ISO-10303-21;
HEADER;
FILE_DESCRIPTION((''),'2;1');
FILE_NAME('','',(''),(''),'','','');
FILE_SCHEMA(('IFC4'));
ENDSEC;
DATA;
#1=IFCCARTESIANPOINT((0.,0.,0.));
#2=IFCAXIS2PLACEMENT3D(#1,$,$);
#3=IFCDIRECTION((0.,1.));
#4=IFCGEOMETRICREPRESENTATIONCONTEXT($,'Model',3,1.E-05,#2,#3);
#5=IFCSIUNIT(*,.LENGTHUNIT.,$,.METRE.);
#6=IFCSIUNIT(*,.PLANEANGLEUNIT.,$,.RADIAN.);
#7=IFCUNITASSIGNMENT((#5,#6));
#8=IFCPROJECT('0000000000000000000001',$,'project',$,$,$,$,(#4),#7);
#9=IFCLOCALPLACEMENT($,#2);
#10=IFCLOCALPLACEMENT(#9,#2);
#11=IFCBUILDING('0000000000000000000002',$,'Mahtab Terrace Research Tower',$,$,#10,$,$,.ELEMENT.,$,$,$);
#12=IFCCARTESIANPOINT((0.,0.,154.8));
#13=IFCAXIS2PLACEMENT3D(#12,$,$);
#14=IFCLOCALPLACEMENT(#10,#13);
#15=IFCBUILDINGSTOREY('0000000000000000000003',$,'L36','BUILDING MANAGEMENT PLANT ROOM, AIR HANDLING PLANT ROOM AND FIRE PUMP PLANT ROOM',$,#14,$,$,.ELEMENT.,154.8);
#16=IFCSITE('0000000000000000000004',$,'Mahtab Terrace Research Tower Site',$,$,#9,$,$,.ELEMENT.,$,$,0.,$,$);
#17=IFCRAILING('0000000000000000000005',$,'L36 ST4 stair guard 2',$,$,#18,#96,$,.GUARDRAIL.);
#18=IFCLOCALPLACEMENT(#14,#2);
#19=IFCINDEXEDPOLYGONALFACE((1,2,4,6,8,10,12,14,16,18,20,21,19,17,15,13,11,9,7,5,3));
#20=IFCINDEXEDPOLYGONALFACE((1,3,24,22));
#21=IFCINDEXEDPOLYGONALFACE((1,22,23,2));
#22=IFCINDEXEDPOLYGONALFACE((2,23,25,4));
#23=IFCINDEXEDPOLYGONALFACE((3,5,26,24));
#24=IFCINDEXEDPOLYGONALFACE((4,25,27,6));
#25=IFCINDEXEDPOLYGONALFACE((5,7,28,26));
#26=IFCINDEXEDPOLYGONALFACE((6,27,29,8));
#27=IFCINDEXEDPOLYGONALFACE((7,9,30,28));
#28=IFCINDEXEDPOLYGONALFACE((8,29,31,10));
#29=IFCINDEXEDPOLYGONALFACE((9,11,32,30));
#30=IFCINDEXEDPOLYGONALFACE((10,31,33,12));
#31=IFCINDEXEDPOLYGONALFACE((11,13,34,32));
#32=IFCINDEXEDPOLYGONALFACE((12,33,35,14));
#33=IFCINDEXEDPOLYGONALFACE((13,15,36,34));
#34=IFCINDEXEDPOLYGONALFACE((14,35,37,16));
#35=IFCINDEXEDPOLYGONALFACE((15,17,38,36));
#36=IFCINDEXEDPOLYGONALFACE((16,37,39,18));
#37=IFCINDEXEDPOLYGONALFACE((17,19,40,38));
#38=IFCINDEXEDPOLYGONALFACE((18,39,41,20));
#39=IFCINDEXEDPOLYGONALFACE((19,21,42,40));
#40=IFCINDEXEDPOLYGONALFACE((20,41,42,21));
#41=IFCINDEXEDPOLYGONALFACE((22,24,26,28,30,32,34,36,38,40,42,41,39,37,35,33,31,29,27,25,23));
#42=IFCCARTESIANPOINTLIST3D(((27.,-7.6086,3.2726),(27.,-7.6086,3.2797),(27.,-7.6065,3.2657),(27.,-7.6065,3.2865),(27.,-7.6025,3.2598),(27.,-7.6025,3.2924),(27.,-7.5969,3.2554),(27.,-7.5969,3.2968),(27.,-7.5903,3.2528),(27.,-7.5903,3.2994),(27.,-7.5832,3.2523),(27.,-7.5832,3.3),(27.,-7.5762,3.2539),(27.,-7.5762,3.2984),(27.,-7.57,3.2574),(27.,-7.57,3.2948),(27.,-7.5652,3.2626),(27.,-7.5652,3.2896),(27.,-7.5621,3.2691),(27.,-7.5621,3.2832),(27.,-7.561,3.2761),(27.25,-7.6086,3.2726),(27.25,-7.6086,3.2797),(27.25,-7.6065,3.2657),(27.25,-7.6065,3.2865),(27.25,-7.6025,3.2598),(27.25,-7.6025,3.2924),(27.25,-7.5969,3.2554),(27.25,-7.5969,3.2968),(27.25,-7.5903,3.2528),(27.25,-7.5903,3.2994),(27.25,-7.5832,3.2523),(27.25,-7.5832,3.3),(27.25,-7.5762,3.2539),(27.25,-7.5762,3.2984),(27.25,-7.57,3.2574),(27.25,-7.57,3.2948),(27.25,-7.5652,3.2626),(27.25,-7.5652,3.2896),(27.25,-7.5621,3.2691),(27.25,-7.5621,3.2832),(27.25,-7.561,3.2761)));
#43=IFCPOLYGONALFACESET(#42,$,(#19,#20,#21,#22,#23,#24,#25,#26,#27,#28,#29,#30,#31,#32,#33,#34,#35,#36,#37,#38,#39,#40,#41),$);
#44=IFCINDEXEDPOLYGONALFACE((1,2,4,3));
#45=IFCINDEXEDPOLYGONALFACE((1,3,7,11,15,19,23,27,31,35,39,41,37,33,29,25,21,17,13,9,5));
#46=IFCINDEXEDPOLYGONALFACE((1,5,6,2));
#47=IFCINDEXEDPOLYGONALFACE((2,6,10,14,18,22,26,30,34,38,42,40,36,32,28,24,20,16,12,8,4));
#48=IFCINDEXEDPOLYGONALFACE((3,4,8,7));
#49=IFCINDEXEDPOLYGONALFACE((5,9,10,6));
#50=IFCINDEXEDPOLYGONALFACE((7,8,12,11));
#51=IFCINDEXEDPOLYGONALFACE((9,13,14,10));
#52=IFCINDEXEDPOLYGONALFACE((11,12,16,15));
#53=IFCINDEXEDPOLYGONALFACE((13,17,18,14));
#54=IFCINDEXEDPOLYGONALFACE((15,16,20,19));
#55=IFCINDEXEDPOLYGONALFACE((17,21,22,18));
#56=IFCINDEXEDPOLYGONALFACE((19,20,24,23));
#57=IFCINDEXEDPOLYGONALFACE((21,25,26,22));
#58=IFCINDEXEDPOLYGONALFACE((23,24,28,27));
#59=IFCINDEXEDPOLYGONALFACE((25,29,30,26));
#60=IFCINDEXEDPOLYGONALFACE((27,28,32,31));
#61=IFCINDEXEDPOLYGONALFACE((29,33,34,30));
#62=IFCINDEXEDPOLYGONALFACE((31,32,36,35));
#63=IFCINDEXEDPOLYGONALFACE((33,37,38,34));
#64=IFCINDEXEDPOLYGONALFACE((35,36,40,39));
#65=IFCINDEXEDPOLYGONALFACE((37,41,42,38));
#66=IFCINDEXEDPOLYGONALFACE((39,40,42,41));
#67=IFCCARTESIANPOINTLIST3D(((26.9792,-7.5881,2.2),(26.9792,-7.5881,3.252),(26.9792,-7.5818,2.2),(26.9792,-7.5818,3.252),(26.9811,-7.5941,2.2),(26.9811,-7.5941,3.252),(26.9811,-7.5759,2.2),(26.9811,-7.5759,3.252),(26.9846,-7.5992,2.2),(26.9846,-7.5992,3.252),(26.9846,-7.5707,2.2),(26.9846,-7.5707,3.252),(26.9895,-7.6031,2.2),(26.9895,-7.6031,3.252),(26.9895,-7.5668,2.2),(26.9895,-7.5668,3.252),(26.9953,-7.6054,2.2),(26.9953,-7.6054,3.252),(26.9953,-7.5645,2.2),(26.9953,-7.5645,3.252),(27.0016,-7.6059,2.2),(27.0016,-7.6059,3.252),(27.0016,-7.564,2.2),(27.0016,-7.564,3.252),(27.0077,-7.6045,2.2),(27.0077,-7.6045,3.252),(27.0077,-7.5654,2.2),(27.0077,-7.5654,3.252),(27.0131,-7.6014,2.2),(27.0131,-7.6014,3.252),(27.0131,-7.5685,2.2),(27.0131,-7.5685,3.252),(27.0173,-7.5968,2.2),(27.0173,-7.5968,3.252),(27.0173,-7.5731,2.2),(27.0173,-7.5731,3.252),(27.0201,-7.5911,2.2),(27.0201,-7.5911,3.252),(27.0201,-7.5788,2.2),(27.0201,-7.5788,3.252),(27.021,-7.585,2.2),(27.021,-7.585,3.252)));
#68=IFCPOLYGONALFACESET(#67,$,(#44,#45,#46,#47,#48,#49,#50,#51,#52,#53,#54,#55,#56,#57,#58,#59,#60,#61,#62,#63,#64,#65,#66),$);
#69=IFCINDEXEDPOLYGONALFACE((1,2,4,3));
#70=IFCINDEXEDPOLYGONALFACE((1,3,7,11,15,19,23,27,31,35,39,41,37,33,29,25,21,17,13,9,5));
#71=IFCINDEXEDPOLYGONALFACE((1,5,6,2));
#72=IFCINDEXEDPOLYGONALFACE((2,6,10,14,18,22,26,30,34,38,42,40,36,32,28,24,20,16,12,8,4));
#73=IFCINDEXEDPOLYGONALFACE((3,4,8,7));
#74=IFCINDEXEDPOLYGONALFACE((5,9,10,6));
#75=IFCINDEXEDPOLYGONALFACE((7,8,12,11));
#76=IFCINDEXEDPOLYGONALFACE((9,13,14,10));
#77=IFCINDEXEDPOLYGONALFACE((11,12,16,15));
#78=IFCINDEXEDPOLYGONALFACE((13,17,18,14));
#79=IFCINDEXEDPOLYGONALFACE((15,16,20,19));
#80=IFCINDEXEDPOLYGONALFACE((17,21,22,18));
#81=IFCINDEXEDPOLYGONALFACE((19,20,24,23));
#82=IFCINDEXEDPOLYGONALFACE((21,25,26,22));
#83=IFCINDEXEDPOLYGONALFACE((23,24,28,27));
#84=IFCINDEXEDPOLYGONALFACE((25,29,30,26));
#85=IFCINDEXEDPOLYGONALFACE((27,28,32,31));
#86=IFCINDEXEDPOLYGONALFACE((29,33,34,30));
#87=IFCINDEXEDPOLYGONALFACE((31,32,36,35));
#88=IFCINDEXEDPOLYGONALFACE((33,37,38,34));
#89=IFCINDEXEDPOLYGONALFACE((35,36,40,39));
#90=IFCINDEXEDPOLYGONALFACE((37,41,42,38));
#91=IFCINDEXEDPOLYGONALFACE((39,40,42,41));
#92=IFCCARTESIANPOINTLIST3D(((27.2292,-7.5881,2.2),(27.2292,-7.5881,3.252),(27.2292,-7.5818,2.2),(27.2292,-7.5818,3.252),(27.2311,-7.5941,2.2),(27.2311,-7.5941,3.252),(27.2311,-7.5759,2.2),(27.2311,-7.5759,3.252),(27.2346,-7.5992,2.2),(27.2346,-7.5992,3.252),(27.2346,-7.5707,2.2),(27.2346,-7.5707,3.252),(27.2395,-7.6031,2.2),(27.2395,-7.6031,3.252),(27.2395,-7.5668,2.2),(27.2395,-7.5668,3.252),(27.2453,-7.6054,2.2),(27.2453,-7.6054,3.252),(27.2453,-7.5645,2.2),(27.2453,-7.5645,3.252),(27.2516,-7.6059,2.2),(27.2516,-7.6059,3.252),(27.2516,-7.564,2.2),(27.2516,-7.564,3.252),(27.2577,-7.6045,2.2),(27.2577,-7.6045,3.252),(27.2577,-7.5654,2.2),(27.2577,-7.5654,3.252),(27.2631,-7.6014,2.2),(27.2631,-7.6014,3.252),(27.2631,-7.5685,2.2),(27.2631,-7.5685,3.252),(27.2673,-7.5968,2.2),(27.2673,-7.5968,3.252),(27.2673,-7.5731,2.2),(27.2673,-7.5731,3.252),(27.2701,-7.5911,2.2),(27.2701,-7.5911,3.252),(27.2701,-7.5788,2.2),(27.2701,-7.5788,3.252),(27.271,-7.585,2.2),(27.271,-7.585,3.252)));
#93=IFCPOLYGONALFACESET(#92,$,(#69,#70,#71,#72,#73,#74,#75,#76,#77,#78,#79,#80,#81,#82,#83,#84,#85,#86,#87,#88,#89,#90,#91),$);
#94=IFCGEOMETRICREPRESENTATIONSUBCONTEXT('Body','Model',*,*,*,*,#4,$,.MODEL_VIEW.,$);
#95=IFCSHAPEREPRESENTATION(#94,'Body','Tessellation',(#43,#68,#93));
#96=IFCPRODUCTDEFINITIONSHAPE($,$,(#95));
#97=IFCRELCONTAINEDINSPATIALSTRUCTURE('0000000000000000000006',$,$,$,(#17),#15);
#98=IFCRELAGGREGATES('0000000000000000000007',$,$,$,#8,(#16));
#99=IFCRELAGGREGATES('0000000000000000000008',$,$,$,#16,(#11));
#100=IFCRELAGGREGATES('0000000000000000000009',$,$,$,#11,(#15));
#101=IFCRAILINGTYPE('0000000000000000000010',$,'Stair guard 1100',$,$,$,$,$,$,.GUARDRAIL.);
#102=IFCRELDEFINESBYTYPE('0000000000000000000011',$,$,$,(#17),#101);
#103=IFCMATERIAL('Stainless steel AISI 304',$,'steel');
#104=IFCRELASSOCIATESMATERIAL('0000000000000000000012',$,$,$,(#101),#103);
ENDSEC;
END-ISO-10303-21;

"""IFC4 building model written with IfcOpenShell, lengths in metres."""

from ifc_helpers import new_model, si_unit, direction, frame, origin, origin_2d, place, context, subcontext, project, spatial, circle, extrude, material, type_object, element, save


model = new_model("IFC4")

# Units and contexts
model_context = context("Model", 3, precision=1e-05, world=origin(), true_north=direction((0.0, 1.0)))
body_context = subcontext(model_context, "Body", "Model", "MODEL_VIEW")
ifc_project = project(units=[si_unit("LENGTHUNIT", "METRE"), si_unit("PLANEANGLEUNIT", "RADIAN")], contexts=[model_context])

# Site, building, storey
site_placement = place(None, origin())
site = spatial("IfcSite", under=ifc_project, at=site_placement, Name="Mahtab Terrace Research Tower Site", CompositionType="ELEMENT", RefElevation=0.0)
building_placement = place(site_placement, origin())
building = spatial("IfcBuilding", under=site, at=building_placement, Name="Mahtab Terrace Research Tower", CompositionType="ELEMENT")
storey_placement = place(building_placement, frame((0.0, 0.0, 154.8)))
storey = spatial("IfcBuildingStorey", under=building, at=storey_placement, Name="L36", Description="BUILDING MANAGEMENT PLANT ROOM, AIR HANDLING PLANT ROOM AND FIRE PUMP PLANT ROOM", CompositionType="ELEMENT", Elevation=154.8)

# Shared definitions
ifc_material_1 = material(Name="Stainless steel AISI 304", Category="steel")

# Railing
railing_type_1 = type_object("IfcRailingType", Name="Stair guard 1100", PredefinedType="GUARDRAIL", material=ifc_material_1)
railing_1_placement = place(storey_placement, frame((27.0, -7.585, 2.2)))
element("IfcRailing", 1, at=railing_1_placement, inside=storey, type_object=railing_type_1, Name="L36 ST4 stair guard 2", PredefinedType="GUARDRAIL", context=body_context, shape_type="SweptSolid", body=[
    extrude(circle(Radius=0.0239, at=origin_2d()), frame((0.0, 0.0, 1.0762), z_axis=(1.0, 0.0, 0.0), x_axis=(0.0, 1.0, 0.0)), (0.0, 0.0, 1.0), 0.25),
    extrude(circle(Radius=0.021, at=origin_2d()), origin(), (0.0, 0.0, 1.0), 1.052),
    extrude(circle(Radius=0.021, at=origin_2d()), frame((0.25, 0.0, 0.0)), (0.0, 0.0, 1.0), 1.052),
])

save(model, "model.ifc")
